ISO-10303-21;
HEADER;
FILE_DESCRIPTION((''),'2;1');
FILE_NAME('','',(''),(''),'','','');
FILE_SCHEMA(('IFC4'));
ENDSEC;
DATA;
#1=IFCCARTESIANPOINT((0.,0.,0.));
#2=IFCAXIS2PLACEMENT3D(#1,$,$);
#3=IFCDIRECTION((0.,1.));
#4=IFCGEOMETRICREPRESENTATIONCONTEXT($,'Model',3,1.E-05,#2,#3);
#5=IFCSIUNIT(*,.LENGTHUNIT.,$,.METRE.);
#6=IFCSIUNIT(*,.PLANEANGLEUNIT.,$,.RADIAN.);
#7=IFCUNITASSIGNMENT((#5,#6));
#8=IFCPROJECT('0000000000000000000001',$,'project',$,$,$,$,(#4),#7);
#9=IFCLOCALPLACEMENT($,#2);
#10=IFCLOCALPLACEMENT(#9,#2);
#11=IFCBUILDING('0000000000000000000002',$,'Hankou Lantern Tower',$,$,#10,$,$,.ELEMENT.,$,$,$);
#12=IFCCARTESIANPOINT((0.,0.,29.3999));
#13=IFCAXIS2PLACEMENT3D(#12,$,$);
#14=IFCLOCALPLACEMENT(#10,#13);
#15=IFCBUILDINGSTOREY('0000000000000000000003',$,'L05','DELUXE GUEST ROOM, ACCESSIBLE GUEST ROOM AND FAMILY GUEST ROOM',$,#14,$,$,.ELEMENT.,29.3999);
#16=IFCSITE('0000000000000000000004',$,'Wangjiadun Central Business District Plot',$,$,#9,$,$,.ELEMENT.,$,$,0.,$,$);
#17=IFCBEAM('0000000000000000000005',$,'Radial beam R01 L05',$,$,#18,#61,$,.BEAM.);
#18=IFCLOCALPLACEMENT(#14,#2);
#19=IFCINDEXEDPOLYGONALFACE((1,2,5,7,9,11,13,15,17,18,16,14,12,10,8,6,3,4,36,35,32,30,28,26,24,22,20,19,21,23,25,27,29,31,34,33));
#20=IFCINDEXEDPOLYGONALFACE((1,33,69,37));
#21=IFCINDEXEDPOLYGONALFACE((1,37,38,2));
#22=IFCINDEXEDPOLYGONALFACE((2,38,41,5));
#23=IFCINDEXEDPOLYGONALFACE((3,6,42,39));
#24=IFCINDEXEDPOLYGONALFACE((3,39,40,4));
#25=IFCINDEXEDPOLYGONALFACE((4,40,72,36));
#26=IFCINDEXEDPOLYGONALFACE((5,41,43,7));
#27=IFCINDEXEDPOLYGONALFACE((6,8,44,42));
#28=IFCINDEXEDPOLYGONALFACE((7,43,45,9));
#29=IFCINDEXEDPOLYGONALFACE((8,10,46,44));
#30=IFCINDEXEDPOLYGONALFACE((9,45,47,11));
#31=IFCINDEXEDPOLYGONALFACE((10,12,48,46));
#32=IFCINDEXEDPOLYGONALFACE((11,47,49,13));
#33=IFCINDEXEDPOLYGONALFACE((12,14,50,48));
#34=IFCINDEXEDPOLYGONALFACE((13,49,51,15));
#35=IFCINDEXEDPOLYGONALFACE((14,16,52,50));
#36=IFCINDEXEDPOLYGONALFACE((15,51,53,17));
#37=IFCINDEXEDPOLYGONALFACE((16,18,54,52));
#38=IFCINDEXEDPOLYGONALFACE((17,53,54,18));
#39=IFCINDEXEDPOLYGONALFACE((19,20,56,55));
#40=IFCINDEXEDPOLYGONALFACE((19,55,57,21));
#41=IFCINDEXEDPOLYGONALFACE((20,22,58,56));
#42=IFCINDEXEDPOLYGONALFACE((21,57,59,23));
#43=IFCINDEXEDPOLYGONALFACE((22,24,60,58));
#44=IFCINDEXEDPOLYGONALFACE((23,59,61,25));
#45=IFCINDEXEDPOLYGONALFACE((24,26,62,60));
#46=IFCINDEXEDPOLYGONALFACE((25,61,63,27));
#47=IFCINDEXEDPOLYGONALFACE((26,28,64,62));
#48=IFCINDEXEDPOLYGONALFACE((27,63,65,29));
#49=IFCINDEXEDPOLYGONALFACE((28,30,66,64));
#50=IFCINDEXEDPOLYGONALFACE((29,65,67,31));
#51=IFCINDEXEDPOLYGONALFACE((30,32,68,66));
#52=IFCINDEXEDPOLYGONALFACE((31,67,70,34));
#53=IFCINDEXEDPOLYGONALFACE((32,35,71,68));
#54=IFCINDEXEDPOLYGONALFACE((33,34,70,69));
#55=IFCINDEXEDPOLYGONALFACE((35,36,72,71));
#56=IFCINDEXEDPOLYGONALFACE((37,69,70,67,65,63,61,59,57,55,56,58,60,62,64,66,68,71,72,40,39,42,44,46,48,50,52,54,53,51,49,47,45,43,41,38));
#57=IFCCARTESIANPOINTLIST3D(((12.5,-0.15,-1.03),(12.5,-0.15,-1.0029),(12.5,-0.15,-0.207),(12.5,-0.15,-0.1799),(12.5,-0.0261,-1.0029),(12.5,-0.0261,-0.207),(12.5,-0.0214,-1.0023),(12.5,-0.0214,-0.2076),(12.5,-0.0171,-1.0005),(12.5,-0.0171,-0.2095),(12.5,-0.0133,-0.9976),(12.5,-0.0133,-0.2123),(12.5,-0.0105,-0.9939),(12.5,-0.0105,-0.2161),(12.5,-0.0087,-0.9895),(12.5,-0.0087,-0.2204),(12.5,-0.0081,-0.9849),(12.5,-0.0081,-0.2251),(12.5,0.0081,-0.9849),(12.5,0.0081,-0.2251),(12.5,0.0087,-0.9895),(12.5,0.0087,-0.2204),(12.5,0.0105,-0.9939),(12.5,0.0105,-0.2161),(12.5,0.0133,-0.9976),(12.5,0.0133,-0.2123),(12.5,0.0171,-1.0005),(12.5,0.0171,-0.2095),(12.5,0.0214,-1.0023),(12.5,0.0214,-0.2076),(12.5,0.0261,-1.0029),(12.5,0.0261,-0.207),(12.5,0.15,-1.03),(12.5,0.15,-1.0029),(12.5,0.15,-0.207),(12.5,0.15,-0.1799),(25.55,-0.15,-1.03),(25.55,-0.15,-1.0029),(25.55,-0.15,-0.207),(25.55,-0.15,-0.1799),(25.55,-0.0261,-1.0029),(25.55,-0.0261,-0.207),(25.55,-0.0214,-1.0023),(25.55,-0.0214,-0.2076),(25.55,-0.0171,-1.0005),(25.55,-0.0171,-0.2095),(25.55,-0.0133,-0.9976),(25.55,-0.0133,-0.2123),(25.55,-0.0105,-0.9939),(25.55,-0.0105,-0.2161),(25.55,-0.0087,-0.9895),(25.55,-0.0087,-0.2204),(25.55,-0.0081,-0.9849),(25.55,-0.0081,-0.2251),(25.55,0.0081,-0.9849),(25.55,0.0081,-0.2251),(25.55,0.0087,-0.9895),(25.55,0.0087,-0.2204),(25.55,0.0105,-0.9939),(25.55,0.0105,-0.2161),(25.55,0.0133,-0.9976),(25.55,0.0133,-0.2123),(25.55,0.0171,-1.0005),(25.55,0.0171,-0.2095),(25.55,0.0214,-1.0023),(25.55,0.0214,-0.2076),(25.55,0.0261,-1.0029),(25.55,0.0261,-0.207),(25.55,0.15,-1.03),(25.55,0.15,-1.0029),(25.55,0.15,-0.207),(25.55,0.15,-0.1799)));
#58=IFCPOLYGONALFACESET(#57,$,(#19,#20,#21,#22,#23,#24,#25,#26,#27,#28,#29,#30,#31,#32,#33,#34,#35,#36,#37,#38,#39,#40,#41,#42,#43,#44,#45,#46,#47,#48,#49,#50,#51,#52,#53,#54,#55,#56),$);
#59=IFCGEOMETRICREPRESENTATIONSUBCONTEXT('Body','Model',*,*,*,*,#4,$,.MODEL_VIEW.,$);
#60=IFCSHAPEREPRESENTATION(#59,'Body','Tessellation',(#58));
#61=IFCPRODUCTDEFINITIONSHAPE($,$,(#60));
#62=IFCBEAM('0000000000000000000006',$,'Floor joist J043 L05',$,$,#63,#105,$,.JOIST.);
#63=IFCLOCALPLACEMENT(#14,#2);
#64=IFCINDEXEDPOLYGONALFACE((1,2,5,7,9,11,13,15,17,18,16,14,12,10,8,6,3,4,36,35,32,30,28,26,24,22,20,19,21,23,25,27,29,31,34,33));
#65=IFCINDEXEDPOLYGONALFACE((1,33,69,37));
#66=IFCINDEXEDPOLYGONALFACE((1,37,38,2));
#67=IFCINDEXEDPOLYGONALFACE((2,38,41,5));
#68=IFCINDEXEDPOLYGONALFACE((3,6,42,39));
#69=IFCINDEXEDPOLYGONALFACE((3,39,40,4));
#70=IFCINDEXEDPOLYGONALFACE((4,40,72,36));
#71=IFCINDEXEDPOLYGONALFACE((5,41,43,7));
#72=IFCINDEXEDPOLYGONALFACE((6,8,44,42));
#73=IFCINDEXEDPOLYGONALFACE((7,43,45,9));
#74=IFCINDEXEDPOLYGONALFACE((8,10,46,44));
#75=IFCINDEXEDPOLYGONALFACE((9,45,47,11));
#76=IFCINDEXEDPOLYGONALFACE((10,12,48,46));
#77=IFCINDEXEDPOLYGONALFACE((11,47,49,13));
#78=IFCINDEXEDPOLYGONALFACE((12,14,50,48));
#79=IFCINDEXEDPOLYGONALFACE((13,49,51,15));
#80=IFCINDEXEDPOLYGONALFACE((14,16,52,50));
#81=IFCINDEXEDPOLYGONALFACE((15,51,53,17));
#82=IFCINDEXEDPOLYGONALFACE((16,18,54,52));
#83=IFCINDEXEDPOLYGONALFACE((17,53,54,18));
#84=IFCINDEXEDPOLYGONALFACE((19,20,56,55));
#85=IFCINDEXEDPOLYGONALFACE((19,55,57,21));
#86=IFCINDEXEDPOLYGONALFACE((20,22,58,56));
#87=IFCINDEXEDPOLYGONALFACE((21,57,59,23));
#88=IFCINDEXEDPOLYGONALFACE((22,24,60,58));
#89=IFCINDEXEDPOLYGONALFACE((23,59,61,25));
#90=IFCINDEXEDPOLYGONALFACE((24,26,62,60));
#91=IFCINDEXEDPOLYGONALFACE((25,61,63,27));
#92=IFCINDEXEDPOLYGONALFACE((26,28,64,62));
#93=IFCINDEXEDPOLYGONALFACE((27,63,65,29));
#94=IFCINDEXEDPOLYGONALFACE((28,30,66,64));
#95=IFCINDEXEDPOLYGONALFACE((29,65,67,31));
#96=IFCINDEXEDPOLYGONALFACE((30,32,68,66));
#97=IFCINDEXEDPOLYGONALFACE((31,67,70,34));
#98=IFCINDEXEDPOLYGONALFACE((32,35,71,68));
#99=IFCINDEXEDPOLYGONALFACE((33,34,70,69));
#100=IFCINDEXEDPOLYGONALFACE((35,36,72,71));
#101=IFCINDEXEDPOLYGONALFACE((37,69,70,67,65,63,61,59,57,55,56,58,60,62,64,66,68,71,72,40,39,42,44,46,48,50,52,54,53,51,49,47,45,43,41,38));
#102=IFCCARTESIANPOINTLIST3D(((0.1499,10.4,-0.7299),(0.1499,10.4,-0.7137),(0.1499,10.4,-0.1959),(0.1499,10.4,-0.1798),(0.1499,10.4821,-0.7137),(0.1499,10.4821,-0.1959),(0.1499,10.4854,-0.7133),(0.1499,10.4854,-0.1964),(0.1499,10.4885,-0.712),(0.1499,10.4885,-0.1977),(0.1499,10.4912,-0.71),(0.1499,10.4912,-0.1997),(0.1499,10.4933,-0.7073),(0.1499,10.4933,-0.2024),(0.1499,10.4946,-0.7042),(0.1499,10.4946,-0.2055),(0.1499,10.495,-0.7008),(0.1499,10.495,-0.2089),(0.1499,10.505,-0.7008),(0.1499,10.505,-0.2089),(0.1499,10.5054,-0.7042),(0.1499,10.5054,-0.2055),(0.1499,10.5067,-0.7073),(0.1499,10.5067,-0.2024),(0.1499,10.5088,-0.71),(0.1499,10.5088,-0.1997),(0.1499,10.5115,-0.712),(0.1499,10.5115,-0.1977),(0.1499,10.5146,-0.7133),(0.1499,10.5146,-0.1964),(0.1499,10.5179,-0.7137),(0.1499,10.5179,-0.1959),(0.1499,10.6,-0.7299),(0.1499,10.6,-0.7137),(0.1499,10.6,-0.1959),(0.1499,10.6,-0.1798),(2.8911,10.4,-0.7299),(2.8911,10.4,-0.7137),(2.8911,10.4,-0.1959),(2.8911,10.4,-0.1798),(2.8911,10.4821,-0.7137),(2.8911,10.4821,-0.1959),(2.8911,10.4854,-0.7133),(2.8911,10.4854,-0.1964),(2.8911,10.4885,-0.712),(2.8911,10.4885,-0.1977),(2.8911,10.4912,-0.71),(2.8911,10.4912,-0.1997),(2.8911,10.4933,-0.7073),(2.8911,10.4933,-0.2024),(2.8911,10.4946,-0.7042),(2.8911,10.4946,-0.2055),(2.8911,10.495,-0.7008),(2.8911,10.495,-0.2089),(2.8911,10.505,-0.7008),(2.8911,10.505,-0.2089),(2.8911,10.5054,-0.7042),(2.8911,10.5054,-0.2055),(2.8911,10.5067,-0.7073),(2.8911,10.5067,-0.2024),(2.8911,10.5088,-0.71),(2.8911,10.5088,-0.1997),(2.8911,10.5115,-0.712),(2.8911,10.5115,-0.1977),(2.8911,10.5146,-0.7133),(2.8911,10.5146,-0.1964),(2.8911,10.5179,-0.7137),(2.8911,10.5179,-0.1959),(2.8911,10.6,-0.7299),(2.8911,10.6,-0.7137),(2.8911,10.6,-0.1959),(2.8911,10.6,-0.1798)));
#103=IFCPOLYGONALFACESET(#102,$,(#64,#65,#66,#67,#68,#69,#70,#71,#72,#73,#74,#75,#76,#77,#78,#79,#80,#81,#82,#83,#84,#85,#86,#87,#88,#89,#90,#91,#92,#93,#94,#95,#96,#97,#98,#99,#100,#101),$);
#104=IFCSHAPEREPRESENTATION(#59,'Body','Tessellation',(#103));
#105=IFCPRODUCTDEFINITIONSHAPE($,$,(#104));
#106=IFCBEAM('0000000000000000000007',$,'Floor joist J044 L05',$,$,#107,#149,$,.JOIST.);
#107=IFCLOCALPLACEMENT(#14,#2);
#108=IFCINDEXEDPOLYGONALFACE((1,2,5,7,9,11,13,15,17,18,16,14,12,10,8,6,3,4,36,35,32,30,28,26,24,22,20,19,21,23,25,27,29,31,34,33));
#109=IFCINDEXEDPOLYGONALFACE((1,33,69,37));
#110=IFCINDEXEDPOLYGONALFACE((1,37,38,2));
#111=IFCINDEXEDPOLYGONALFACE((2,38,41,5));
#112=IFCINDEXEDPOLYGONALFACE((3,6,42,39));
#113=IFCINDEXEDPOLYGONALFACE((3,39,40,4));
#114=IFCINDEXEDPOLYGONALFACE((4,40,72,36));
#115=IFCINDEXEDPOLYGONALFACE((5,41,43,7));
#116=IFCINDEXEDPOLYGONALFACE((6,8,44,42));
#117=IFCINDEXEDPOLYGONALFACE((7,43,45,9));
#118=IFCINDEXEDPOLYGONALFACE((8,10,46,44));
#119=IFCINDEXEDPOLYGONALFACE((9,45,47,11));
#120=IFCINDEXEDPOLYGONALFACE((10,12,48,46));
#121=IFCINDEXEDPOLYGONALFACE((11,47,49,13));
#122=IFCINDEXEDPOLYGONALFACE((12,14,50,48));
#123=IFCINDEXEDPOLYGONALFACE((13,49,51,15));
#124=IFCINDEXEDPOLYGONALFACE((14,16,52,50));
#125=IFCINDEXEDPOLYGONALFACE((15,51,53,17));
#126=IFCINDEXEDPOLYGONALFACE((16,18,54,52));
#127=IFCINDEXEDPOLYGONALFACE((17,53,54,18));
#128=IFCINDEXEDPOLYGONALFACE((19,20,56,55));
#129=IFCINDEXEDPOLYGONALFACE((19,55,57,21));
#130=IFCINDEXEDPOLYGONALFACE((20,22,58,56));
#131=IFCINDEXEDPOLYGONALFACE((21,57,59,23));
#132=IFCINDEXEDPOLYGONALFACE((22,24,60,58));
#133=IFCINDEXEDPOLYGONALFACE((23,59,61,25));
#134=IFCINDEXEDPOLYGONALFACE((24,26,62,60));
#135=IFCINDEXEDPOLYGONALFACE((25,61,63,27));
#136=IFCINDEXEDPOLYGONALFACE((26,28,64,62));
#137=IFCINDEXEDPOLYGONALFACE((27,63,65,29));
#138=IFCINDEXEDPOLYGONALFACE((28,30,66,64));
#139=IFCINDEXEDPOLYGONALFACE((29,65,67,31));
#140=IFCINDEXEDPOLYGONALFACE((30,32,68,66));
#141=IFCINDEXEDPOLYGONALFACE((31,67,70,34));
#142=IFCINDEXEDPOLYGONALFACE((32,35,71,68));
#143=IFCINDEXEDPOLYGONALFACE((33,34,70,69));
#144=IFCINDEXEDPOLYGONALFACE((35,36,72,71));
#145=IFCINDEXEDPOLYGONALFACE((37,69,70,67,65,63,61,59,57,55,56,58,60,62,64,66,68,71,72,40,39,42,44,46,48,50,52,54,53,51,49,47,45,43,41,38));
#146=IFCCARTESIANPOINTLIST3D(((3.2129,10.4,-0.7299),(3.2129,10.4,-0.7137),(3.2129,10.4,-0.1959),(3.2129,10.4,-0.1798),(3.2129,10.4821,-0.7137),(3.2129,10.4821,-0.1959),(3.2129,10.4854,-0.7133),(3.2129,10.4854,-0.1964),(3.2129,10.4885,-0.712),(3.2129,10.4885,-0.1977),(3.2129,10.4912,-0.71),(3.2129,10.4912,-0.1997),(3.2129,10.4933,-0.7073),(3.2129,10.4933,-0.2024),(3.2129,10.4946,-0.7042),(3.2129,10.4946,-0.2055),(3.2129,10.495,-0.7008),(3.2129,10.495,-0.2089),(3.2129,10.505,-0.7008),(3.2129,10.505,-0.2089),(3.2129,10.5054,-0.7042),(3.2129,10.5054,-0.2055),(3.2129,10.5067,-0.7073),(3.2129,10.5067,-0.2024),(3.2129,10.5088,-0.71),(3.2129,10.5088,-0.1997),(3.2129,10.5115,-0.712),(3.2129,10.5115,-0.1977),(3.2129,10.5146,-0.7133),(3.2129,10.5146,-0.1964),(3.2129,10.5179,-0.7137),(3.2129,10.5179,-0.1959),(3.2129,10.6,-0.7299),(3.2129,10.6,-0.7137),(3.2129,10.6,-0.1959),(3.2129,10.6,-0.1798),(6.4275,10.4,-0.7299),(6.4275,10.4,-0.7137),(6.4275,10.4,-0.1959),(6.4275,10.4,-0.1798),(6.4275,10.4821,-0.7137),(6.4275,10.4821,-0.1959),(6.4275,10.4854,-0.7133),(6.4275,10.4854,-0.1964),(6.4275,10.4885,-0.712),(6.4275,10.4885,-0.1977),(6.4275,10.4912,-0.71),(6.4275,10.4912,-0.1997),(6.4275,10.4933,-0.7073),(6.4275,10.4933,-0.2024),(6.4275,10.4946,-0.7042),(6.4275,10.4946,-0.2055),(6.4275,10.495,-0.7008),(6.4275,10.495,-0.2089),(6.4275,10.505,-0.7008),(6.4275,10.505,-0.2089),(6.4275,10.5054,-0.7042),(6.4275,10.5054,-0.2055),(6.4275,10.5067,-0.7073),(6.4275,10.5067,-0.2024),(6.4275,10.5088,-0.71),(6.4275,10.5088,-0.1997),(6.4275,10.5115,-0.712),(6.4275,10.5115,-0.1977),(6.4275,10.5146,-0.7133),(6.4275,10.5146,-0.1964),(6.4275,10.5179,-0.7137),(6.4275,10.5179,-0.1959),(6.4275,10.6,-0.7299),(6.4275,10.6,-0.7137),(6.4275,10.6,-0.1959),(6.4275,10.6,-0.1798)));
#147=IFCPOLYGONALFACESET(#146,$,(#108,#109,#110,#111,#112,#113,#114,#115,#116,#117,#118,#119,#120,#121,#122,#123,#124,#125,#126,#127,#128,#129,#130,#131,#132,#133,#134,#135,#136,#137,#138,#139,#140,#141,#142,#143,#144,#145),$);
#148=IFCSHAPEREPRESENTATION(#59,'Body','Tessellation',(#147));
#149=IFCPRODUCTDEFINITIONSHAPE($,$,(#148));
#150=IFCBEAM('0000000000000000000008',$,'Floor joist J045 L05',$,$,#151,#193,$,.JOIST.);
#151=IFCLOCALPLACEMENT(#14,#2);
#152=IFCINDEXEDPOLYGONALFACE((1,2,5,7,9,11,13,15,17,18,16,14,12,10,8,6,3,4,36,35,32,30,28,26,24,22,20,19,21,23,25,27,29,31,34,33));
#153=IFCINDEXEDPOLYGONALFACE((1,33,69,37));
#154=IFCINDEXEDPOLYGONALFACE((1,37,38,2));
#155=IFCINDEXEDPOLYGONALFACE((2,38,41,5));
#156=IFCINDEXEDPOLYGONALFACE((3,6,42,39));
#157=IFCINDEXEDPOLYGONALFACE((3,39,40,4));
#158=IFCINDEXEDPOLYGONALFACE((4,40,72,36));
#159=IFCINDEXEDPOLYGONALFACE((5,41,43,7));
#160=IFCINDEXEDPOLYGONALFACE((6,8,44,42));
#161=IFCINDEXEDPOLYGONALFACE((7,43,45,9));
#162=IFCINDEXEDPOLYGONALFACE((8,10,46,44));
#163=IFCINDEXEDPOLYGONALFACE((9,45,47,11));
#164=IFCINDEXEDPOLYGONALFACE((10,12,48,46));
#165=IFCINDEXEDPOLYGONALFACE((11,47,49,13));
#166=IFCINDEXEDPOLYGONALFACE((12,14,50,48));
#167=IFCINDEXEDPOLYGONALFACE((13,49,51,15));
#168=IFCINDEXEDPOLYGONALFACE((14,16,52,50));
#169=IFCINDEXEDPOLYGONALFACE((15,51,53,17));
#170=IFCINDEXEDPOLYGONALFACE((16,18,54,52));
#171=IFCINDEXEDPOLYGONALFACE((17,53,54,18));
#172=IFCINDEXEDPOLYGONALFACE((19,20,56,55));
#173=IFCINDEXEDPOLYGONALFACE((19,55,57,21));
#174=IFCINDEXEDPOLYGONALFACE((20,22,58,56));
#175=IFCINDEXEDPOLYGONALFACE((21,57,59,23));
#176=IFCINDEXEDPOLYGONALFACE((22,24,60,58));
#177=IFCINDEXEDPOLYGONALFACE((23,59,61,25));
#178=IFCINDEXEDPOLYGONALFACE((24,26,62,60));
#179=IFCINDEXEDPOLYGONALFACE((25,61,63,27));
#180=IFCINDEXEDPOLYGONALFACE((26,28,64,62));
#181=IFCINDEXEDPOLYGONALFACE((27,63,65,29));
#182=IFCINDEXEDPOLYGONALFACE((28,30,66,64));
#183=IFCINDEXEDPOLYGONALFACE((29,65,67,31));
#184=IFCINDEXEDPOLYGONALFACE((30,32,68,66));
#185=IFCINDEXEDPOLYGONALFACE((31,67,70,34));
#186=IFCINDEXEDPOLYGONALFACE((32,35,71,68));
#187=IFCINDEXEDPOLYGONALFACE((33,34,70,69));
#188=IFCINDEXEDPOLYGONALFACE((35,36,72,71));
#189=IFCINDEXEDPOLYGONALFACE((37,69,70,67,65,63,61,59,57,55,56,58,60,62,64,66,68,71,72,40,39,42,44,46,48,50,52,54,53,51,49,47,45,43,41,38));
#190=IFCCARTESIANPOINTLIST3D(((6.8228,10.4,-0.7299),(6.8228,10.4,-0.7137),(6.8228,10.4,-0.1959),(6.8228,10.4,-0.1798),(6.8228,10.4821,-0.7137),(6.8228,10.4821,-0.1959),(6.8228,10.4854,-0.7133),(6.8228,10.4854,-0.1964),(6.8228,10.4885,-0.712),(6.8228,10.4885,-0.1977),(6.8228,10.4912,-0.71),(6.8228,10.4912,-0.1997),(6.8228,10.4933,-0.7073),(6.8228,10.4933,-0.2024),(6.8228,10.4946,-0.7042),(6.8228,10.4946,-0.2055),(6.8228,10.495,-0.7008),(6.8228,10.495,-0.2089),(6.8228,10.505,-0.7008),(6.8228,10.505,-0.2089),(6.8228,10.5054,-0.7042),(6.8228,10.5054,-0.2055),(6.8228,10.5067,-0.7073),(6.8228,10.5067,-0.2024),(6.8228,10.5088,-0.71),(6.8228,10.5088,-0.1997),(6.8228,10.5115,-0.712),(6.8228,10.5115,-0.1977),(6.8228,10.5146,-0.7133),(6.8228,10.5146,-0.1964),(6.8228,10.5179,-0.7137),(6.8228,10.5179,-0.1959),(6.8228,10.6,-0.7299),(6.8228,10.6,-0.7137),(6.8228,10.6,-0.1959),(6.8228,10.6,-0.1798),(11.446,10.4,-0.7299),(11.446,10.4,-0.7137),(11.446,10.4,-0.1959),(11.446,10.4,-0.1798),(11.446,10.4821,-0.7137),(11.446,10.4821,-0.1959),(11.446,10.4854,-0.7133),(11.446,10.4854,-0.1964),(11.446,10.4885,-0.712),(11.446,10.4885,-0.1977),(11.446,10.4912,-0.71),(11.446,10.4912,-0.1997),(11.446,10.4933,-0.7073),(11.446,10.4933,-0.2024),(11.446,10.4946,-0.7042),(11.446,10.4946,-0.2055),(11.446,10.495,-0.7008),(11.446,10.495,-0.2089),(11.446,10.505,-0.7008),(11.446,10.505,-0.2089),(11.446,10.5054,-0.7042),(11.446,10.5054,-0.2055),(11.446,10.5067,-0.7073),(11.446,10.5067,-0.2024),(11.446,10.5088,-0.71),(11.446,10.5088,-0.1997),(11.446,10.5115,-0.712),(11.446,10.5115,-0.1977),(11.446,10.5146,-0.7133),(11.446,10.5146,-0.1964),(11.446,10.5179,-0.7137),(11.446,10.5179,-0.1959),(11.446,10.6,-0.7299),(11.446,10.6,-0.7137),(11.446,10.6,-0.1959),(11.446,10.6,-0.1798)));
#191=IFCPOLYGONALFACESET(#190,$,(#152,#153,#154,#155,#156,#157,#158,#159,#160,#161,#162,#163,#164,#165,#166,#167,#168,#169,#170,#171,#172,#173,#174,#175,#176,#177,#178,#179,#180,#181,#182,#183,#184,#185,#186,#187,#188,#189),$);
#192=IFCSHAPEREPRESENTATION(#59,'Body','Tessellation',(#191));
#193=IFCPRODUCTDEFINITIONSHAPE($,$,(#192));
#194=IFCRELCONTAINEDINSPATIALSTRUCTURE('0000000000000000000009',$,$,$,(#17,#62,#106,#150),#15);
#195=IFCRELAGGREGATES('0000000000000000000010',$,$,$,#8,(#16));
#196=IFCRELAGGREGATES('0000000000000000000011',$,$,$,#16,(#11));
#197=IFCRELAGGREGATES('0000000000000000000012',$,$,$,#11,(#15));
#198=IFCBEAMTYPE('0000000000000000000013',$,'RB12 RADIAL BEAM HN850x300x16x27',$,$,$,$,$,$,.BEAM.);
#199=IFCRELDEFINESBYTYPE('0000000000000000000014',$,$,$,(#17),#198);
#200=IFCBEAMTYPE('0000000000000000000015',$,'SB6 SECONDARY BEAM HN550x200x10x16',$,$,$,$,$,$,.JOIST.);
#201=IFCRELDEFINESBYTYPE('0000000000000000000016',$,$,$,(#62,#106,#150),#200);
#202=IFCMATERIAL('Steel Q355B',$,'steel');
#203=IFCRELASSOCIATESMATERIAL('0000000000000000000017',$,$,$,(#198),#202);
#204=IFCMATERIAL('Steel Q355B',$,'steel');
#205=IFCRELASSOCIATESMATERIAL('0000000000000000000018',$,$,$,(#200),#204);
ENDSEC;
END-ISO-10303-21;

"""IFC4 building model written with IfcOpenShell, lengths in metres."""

from ifc_helpers import new_model, si_unit, direction, frame, origin, origin_2d, place, context, subcontext, project, spatial, i_section, extrude, material, material_profile, profile_set, type_object, element, save


model = new_model("IFC4")

# Units and contexts
model_context = context("Model", 3, precision=1e-05, world=origin(), true_north=direction((0.0, 1.0)))
body_context = subcontext(model_context, "Body", "Model", "MODEL_VIEW")
ifc_project = project(units=[si_unit("LENGTHUNIT", "METRE"), si_unit("PLANEANGLEUNIT", "RADIAN")], contexts=[model_context])

# Site, building, storey
site_placement = place(None, origin())
site = spatial("IfcSite", under=ifc_project, at=site_placement, Name="Wangjiadun Central Business District Plot", CompositionType="ELEMENT", RefElevation=0.0)
building_placement = place(site_placement, origin())
building = spatial("IfcBuilding", under=site, at=building_placement, Name="Hankou Lantern Tower", CompositionType="ELEMENT")
storey_placement = place(building_placement, frame((0.0, 0.0, 29.3999)))
storey = spatial("IfcBuildingStorey", under=building, at=storey_placement, Name="L05", Description="DELUXE GUEST ROOM, ACCESSIBLE GUEST ROOM AND FAMILY GUEST ROOM", CompositionType="ELEMENT", Elevation=29.3999)

# Beams
ifc_material_1 = material(Name="Steel Q355B", Category="steel")
ifc_material_profile_1 = material_profile(ifc_material_1, i_section(OverallWidth=0.3, OverallDepth=0.8501, WebThickness=0.0161, FlangeThickness=0.0271, FilletRadius=0.0181, at=origin_2d()), Name="HN850x300x16x27")
ifc_profile_set_1 = profile_set([ifc_material_profile_1], Name="Steel Q355B")
beam_type_1 = type_object("IfcBeamType", Name="RB12 RADIAL BEAM HN850x300x16x27", PredefinedType="BEAM", material=ifc_profile_set_1)
beam_1_placement = place(storey_placement, frame((12.5, 0.0, -0.605), z_axis=(1.0, 0.0, 0.0), x_axis=(0.0, 1.0, 0.0)))
element("IfcBeam", 1, at=beam_1_placement, inside=storey, type_object=beam_type_1, Name="Radial beam R01 L05", PredefinedType="BEAM", context=body_context, shape_type="SweptSolid", body=[
    extrude(i_section(OverallWidth=0.3, OverallDepth=0.8501, WebThickness=0.0161, FlangeThickness=0.0271, FilletRadius=0.0181, at=origin_2d()), origin(), (0.0, 0.0, 1.0), 13.05),
])
ifc_material_2 = material(Name="Steel Q355B", Category="steel")
ifc_material_profile_2 = material_profile(ifc_material_2, i_section(OverallWidth=0.2, OverallDepth=0.55, WebThickness=0.01, FlangeThickness=0.0161, FilletRadius=0.0129, at=origin_2d()), Name="HN550x200x10x16")
ifc_profile_set_2 = profile_set([ifc_material_profile_2], Name="Steel Q355B")
beam_type_2 = type_object("IfcBeamType", Name="SB6 SECONDARY BEAM HN550x200x10x16", PredefinedType="JOIST", material=ifc_profile_set_2)
beam_2_placement = place(storey_placement, frame((0.1499, 10.5, -0.4548), z_axis=(1.0, 0.0, 0.0), x_axis=(0.0, 1.0, 0.0)))
element("IfcBeam", 2, at=beam_2_placement, inside=storey, type_object=beam_type_2, Name="Floor joist J043 L05", PredefinedType="JOIST", context=body_context, shape_type="SweptSolid", body=[
    extrude(i_section(OverallWidth=0.2, OverallDepth=0.55, WebThickness=0.01, FlangeThickness=0.0161, FilletRadius=0.0129, at=origin_2d()), origin(), (0.0, 0.0, 1.0), 2.7412),
])
beam_3_placement = place(storey_placement, frame((3.2129, 10.5, -0.4548), z_axis=(1.0, 0.0, 0.0), x_axis=(0.0, 1.0, 0.0)))
element("IfcBeam", 3, at=beam_3_placement, inside=storey, type_object=beam_type_2, Name="Floor joist J044 L05", PredefinedType="JOIST", context=body_context, shape_type="SweptSolid", body=[
    extrude(i_section(OverallWidth=0.2, OverallDepth=0.55, WebThickness=0.01, FlangeThickness=0.0161, FilletRadius=0.0129, at=origin_2d()), origin(), (0.0, 0.0, 1.0), 3.2146),
])
beam_4_placement = place(storey_placement, frame((6.8228, 10.5, -0.4548), z_axis=(1.0, 0.0, 0.0), x_axis=(0.0, 1.0, 0.0)))
element("IfcBeam", 4, at=beam_4_placement, inside=storey, type_object=beam_type_2, Name="Floor joist J045 L05", PredefinedType="JOIST", context=body_context, shape_type="SweptSolid", body=[
    extrude(i_section(OverallWidth=0.2, OverallDepth=0.55, WebThickness=0.01, FlangeThickness=0.0161, FilletRadius=0.0129, at=origin_2d()), origin(), (0.0, 0.0, 1.0), 4.6233),
])

save(model, "model.ifc")
